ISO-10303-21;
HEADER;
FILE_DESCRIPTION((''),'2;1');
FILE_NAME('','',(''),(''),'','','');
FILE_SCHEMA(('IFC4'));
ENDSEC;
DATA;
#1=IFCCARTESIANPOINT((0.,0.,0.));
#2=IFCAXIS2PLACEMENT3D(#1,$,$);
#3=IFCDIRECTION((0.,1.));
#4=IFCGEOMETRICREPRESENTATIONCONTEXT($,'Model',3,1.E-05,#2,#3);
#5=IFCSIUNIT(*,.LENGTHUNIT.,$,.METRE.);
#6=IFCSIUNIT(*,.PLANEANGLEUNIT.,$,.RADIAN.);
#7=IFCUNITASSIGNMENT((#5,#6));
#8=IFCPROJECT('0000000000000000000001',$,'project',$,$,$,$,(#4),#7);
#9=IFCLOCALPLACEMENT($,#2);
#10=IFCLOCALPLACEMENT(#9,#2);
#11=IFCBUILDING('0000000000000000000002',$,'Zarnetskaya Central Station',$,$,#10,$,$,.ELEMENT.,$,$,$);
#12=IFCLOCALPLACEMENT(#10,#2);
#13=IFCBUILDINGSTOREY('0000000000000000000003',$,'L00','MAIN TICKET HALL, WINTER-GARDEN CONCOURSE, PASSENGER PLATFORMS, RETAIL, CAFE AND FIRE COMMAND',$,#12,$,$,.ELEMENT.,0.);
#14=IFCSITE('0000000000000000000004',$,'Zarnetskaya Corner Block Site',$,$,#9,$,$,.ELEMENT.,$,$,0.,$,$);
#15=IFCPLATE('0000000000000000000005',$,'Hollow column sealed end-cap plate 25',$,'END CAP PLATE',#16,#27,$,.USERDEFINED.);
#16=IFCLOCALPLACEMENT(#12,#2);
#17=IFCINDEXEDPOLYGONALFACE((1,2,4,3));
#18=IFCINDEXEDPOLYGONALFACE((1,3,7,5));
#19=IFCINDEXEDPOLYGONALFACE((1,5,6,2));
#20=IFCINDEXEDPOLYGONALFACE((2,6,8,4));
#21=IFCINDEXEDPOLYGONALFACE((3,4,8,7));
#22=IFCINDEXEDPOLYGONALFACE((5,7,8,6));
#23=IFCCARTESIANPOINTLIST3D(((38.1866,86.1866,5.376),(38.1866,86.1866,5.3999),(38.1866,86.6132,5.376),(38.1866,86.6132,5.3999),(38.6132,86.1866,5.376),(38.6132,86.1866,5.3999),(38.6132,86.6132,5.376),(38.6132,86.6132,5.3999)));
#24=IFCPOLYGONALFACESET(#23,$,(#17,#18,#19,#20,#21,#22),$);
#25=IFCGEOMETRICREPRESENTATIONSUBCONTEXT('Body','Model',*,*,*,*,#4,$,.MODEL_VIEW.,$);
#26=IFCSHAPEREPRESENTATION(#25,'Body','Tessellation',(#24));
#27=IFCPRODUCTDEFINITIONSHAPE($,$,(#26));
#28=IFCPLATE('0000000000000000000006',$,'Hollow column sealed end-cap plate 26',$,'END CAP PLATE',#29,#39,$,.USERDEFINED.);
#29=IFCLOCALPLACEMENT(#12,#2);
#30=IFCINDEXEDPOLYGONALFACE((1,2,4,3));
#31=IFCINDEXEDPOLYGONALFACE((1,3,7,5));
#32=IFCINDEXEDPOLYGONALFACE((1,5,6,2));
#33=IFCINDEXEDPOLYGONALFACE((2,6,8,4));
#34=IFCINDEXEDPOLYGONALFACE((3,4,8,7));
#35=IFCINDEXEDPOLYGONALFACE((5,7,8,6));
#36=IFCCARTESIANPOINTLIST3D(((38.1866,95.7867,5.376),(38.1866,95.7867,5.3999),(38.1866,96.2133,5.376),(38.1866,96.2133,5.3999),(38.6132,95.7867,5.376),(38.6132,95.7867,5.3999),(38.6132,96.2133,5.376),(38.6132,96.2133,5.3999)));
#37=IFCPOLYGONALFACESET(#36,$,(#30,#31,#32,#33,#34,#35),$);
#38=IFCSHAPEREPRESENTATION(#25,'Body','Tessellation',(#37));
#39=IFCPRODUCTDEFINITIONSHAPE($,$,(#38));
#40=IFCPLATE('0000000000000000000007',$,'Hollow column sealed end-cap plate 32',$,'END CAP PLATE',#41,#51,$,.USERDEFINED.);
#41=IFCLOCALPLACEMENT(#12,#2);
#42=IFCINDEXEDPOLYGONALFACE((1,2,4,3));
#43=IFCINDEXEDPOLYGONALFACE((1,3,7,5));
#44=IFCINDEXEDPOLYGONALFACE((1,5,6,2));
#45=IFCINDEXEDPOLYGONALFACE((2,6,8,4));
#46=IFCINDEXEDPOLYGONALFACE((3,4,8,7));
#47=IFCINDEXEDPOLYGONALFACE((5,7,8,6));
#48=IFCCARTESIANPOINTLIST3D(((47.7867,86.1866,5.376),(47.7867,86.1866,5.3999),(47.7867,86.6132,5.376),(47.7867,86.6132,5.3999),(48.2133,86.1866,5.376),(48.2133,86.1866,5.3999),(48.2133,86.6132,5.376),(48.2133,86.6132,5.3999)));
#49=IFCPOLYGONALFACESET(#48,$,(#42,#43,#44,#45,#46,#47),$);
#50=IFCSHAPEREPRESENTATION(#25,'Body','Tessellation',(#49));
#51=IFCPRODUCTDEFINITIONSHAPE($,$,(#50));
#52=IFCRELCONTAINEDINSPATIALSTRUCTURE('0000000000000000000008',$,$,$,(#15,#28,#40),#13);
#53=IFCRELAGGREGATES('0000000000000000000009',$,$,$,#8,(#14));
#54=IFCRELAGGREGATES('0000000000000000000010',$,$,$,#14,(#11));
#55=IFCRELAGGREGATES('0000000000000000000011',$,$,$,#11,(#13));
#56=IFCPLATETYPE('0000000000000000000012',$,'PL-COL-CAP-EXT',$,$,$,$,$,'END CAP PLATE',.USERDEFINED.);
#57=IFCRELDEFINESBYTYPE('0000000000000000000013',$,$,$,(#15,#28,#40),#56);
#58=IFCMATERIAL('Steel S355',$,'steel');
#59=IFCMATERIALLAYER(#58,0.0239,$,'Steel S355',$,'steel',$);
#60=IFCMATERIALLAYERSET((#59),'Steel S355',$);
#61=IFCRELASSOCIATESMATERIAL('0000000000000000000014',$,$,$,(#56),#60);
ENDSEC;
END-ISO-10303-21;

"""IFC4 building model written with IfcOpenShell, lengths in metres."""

from ifc_helpers import new_model, si_unit, direction, frame, origin, origin_2d, place, context, subcontext, project, spatial, rectangle, extrude, material, layer, layer_set, type_object, element, save


model = new_model("IFC4")

# Units and contexts
model_context = context("Model", 3, precision=1e-05, world=origin(), true_north=direction((0.0, 1.0)))
body_context = subcontext(model_context, "Body", "Model", "MODEL_VIEW")
ifc_project = project(units=[si_unit("LENGTHUNIT", "METRE"), si_unit("PLANEANGLEUNIT", "RADIAN")], contexts=[model_context])

# Site, building, storey
site_placement = place(None, origin())
site = spatial("IfcSite", under=ifc_project, at=site_placement, Name="Zarnetskaya Corner Block Site", CompositionType="ELEMENT", RefElevation=0.0)
building_placement = place(site_placement, origin())
building = spatial("IfcBuilding", under=site, at=building_placement, Name="Zarnetskaya Central Station", CompositionType="ELEMENT")
storey_placement = place(building_placement, origin())
storey = spatial("IfcBuildingStorey", under=building, at=storey_placement, Name="L00", Description="MAIN TICKET HALL, WINTER-GARDEN CONCOURSE, PASSENGER PLATFORMS, RETAIL, CAFE AND FIRE COMMAND", CompositionType="ELEMENT", Elevation=0.0)

# Shared definitions
ifc_material = material(Name="Steel S355", Category="steel")

# Plates
ifc_layer = layer(ifc_material, 0.0239, Name="Steel S355", Category="steel")
ifc_layer_set = layer_set([ifc_layer], Name="Steel S355")
plate_type = type_object("IfcPlateType", Name="PL-COL-CAP-EXT", ElementType="END CAP PLATE", PredefinedType="USERDEFINED", material=ifc_layer_set)
for number, where, z_axis, x_axis, name in (
    (1, (38.3999, 86.3999, 5.376), (0.0, 0.0, 1.0), (1.0, 0.0, 0.0), "Hollow column sealed end-cap plate 25"),
    (2, (38.3999, 96.0, 5.376), (0.0, 0.0, 1.0), (1.0, 0.0, 0.0), "Hollow column sealed end-cap plate 26"),
    (3, (48.0, 86.3999, 5.376), (0.0, 0.0, 1.0), (1.0, 0.0, 0.0), "Hollow column sealed end-cap plate 32"),
):
    element("IfcPlate", number, at=place(storey_placement, frame(where, z_axis=z_axis, x_axis=x_axis)), inside=storey, type_object=plate_type, Name=name, ObjectType="END CAP PLATE", PredefinedType="USERDEFINED", context=body_context, shape_type="SweptSolid", body=[
        extrude(rectangle(XDim=0.4265, YDim=0.4265, at=origin_2d()), origin(), (0.0, 0.0, 1.0), 0.0239),
    ])

save(model, "model.ifc")
